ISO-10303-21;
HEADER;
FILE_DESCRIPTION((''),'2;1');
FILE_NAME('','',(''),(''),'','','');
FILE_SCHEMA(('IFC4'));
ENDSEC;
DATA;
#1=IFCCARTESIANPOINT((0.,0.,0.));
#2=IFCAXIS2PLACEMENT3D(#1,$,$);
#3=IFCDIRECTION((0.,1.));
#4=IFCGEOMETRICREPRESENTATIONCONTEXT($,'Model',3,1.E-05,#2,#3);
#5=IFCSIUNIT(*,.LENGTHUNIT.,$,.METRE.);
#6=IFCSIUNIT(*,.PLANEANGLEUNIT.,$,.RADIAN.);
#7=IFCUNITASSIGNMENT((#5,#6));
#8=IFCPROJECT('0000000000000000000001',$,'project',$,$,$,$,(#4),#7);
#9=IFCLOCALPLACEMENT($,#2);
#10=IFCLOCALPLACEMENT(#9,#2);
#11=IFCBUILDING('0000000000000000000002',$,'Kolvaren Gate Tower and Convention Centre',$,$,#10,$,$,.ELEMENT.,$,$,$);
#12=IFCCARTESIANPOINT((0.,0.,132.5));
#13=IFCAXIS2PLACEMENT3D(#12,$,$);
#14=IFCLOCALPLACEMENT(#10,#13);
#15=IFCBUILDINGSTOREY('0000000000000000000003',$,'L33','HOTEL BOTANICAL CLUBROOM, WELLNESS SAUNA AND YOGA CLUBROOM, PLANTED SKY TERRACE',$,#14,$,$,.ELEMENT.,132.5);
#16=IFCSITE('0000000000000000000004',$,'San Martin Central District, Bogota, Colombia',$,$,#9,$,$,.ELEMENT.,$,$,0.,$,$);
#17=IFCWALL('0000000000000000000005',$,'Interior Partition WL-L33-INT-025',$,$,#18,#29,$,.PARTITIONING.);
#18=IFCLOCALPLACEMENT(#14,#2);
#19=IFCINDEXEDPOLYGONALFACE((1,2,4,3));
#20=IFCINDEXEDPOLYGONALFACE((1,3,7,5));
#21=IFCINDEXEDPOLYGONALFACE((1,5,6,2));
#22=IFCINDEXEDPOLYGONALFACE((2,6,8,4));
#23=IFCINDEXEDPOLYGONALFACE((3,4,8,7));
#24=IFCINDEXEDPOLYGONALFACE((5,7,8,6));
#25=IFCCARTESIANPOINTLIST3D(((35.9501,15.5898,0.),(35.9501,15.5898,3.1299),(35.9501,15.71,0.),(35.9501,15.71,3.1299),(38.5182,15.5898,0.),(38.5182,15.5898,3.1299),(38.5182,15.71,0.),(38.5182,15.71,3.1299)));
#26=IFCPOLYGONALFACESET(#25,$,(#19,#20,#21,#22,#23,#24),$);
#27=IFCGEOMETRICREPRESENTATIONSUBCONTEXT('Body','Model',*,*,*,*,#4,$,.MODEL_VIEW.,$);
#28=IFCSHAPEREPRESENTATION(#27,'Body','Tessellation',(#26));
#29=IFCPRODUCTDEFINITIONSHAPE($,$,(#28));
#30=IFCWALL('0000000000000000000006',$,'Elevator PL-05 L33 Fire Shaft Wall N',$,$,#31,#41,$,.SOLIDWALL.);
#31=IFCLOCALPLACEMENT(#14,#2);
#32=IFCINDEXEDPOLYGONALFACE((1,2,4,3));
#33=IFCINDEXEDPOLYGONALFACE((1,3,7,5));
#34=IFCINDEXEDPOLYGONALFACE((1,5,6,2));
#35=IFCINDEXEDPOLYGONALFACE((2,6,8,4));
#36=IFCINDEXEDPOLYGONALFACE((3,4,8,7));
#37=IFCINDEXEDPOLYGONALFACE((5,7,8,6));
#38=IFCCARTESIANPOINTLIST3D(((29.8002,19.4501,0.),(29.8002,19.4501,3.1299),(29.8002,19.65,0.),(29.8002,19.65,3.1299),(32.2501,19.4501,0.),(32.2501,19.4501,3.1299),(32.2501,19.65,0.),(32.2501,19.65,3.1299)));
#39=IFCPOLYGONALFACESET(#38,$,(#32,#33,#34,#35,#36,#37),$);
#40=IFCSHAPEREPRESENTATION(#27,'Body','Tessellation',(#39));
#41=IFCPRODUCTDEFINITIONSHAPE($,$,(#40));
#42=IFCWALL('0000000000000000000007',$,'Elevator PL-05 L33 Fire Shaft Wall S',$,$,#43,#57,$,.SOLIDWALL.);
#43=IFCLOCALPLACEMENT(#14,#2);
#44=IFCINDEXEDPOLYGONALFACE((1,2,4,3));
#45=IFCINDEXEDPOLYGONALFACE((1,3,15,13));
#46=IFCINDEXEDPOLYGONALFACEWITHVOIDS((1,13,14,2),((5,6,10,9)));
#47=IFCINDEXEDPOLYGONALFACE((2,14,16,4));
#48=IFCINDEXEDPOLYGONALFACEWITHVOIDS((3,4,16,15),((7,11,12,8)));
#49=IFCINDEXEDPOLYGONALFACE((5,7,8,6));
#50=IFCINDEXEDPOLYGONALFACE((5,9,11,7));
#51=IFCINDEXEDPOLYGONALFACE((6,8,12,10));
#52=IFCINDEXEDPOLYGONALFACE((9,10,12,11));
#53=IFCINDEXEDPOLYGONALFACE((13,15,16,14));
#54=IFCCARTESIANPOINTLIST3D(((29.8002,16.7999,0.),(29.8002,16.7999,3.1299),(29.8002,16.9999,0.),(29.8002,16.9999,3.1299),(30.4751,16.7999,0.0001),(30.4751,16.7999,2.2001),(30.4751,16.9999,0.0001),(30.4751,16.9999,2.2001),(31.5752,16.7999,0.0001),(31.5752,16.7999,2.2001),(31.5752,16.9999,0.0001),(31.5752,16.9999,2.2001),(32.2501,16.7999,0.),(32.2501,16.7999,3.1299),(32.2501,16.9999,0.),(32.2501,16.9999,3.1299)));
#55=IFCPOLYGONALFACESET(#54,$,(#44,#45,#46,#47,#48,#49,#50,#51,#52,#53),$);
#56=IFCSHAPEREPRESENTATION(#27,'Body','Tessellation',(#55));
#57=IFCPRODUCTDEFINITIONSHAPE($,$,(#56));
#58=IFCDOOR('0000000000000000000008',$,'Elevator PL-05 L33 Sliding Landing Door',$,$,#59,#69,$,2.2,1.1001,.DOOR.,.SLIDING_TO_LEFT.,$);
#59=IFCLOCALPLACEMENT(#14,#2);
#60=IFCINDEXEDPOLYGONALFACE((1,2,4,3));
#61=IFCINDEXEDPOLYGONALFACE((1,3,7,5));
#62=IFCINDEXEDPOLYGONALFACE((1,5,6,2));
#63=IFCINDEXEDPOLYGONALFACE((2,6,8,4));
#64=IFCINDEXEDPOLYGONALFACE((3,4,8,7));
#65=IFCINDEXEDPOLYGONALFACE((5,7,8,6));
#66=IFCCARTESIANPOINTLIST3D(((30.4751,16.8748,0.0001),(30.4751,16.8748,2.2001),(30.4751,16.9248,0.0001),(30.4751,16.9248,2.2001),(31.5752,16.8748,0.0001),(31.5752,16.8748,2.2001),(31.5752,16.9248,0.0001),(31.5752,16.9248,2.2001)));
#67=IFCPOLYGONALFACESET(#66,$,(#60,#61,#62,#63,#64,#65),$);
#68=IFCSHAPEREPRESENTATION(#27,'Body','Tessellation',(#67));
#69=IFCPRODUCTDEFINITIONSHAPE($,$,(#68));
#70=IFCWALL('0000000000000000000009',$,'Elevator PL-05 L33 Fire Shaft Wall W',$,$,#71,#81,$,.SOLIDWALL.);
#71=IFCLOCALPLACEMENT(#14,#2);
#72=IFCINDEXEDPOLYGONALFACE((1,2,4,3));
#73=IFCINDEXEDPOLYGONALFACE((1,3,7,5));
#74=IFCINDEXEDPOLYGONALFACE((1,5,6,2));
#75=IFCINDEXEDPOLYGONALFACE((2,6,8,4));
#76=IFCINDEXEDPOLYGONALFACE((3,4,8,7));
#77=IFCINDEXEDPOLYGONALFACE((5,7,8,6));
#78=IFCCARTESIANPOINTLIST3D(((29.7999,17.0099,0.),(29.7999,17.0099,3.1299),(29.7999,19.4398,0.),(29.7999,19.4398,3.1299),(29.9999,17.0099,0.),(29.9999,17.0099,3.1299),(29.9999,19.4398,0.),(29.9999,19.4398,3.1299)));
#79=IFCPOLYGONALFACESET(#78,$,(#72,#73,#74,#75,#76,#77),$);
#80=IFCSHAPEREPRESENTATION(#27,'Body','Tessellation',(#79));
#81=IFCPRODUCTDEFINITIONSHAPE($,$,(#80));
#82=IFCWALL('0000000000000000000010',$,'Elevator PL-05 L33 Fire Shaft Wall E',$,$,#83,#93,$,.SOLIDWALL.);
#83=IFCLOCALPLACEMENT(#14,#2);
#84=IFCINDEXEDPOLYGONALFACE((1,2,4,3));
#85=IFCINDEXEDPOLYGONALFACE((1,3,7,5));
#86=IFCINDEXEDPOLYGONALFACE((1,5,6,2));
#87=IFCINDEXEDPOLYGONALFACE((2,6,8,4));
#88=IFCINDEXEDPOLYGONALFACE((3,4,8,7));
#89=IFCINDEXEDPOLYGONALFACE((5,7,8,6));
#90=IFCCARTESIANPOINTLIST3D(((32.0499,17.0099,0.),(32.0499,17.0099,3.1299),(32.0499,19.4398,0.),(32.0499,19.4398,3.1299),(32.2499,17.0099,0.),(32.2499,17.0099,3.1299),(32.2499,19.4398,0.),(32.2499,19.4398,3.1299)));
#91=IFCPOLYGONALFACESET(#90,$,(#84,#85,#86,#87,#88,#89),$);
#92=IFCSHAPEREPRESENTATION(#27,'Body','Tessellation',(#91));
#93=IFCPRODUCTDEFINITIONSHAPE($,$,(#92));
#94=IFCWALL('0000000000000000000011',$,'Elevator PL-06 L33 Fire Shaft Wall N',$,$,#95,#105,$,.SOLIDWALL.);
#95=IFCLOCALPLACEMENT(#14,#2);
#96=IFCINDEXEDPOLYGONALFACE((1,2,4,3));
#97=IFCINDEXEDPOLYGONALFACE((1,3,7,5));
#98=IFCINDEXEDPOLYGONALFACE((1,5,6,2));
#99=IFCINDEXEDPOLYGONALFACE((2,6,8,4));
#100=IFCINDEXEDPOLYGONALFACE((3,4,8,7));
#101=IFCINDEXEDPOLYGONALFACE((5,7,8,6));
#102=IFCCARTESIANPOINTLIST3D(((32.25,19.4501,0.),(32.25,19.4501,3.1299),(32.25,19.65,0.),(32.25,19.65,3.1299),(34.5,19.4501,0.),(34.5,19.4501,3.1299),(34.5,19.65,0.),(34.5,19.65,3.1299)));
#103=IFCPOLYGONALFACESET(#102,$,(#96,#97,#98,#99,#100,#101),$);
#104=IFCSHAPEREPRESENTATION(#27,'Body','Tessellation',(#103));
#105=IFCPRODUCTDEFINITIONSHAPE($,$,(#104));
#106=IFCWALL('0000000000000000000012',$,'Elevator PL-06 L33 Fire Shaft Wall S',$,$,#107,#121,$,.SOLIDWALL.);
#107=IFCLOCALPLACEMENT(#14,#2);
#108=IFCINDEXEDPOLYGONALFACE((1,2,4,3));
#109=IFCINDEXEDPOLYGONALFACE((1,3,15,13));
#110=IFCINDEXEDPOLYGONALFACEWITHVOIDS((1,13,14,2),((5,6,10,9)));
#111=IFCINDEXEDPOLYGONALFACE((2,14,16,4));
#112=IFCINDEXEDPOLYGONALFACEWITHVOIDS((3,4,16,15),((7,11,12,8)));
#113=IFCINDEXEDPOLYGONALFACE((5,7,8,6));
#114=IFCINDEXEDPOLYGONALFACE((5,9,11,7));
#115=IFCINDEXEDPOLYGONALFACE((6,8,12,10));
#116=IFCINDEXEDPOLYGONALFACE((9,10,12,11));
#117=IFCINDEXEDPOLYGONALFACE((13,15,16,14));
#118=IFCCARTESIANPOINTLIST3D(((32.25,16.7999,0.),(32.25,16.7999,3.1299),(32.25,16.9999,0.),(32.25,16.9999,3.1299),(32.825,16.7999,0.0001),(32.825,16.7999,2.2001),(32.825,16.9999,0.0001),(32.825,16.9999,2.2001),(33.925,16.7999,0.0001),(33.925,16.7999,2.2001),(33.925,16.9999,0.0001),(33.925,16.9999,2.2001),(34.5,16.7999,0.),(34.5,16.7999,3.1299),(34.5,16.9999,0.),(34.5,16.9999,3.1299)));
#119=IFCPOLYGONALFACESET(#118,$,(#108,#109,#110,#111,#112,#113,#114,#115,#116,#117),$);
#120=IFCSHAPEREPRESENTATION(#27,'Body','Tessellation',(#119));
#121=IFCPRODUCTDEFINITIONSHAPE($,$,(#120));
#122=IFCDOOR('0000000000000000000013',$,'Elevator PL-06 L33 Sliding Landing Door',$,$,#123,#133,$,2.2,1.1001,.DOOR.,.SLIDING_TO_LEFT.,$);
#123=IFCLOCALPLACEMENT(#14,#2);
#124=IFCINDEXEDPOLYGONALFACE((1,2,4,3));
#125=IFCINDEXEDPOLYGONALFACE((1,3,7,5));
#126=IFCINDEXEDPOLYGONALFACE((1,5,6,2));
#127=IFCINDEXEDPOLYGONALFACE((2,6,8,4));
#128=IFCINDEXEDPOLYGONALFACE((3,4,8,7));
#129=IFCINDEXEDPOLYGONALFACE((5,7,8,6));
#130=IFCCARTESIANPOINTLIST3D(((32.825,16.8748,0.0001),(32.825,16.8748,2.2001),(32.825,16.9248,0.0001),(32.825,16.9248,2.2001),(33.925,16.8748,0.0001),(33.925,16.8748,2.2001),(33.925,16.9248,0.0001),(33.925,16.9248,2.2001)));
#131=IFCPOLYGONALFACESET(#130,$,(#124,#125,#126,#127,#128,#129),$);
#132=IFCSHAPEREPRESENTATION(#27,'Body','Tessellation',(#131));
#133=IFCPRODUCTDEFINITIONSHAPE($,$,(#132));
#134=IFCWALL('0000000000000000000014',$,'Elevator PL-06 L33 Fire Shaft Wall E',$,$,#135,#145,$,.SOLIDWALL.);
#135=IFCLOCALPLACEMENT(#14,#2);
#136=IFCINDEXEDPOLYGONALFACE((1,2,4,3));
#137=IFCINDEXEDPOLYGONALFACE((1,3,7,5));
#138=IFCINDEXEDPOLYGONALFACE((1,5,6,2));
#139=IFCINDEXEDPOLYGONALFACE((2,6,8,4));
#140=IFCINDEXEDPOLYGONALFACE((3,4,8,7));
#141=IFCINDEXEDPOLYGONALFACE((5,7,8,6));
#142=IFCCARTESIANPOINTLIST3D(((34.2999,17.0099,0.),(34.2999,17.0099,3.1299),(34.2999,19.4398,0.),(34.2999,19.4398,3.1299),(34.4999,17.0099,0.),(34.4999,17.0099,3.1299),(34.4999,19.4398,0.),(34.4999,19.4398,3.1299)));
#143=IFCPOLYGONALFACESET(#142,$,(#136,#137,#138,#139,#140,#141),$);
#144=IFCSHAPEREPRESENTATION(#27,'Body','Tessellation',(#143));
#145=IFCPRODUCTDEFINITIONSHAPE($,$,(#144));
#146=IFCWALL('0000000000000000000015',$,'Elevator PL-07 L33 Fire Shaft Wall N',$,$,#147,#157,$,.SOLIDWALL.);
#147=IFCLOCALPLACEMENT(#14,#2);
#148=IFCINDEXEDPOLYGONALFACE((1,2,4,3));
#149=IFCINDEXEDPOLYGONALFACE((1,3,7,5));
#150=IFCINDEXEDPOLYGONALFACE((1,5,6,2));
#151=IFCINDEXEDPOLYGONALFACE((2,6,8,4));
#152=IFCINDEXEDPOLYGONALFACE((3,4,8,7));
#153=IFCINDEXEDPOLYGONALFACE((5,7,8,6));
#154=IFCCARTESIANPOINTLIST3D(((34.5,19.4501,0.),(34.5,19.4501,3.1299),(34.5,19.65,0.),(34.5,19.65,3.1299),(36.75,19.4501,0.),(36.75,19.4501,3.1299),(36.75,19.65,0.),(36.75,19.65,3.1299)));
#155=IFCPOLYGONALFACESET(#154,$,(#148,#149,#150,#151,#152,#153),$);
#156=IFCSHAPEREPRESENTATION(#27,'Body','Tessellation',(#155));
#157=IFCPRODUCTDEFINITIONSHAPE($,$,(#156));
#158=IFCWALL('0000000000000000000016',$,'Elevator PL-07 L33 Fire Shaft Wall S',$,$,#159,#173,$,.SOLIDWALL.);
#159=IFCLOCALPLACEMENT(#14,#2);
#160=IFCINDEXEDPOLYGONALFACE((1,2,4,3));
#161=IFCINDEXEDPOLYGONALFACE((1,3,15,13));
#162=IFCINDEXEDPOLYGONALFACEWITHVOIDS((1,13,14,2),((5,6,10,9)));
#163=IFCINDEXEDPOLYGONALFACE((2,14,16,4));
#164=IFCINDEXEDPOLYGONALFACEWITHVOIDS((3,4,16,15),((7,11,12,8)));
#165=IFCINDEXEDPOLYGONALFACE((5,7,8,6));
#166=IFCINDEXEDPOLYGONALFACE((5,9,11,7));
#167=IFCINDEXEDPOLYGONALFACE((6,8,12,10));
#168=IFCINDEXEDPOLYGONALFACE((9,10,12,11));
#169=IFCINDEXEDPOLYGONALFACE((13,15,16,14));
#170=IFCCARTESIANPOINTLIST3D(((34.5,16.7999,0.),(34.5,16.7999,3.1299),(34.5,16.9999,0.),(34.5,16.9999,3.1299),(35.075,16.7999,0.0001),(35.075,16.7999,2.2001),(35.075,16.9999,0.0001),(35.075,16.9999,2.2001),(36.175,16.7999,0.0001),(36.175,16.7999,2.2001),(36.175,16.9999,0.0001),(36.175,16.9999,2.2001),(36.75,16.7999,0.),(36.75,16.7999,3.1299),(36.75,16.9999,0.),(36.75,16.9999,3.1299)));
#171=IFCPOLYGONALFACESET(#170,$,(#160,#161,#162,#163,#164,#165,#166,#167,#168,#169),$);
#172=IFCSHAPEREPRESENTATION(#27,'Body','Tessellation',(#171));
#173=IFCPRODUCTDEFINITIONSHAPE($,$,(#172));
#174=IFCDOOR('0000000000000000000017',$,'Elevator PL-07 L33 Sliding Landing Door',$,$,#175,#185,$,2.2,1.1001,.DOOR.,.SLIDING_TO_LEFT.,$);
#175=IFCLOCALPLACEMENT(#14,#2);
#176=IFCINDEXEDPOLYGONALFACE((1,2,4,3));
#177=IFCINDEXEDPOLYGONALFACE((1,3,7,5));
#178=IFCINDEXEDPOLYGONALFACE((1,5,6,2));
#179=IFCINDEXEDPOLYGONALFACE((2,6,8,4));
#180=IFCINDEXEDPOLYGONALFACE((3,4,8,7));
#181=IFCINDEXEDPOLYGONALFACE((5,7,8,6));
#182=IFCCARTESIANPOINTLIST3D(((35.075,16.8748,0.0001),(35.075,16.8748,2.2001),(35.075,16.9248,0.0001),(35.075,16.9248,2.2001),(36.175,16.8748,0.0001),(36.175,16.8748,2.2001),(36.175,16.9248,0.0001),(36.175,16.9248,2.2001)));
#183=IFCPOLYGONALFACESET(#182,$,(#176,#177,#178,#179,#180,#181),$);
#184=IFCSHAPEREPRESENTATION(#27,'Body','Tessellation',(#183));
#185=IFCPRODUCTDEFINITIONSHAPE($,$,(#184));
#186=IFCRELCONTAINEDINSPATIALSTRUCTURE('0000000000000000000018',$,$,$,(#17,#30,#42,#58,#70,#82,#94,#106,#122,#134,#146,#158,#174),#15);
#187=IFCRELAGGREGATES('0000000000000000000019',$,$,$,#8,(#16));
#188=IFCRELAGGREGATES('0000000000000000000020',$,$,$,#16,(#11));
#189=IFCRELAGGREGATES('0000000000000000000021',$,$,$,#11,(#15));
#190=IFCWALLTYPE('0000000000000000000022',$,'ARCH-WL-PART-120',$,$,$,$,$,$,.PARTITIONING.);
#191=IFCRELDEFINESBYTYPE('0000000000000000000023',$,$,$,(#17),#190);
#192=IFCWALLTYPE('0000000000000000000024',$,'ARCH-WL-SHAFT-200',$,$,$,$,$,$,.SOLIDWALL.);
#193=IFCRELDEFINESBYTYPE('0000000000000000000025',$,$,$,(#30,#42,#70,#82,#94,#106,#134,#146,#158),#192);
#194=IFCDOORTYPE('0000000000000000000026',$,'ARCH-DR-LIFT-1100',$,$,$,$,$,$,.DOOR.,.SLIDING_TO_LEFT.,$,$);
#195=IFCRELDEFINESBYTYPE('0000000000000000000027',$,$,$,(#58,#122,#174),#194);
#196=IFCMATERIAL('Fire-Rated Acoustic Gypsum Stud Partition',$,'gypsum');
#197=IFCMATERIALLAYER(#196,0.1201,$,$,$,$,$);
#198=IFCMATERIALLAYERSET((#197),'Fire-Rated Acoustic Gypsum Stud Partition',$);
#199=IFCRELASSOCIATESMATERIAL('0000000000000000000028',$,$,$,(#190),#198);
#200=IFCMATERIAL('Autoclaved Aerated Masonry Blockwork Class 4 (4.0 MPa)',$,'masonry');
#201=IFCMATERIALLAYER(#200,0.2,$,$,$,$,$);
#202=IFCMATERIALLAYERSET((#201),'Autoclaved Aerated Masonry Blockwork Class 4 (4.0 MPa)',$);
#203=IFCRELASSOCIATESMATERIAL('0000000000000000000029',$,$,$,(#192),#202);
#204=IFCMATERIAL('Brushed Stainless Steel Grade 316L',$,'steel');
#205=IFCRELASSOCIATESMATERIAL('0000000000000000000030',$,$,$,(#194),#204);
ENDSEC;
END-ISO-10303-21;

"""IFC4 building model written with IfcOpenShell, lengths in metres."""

from ifc_helpers import new_model, si_unit, direction, frame, frame_2d, origin, place, context, subcontext, project, spatial, rectangle, extrude, material, layer, layer_set, type_object, element, fill, save


model = new_model("IFC4")

# Units and contexts
model_context = context("Model", 3, precision=1e-05, world=origin(), true_north=direction((0.0, 1.0)))
body_context = subcontext(model_context, "Body", "Model", "MODEL_VIEW")
ifc_project = project(units=[si_unit("LENGTHUNIT", "METRE"), si_unit("PLANEANGLEUNIT", "RADIAN")], contexts=[model_context])

# Site, building, storey
site_placement = place(None, origin())
site = spatial("IfcSite", under=ifc_project, at=site_placement, Name="San Martin Central District, Bogota, Colombia", CompositionType="ELEMENT", RefElevation=0.0)
building_placement = place(site_placement, origin())
building = spatial("IfcBuilding", under=site, at=building_placement, Name="Kolvaren Gate Tower and Convention Centre", CompositionType="ELEMENT")
storey_placement = place(building_placement, frame((0.0, 0.0, 132.5)))
storey = spatial("IfcBuildingStorey", under=building, at=storey_placement, Name="L33", Description="HOTEL BOTANICAL CLUBROOM, WELLNESS SAUNA AND YOGA CLUBROOM, PLANTED SKY TERRACE", CompositionType="ELEMENT", Elevation=132.5)

# Walls
ifc_material_1 = material(Name="Fire-Rated Acoustic Gypsum Stud Partition", Category="gypsum")
ifc_layer_1 = layer(ifc_material_1, 0.1201)
ifc_layer_set_1 = layer_set([ifc_layer_1], Name="Fire-Rated Acoustic Gypsum Stud Partition")
wall_type_1 = type_object("IfcWallType", Name="ARCH-WL-PART-120", PredefinedType="PARTITIONING", material=ifc_layer_set_1)
wall_1_placement = place(storey_placement, frame((35.95, 15.6499, 0.0), z_axis=(0.0, 0.0, 1.0), x_axis=(1.0, 0.0, 0.0)))
element("IfcWall", 1, at=wall_1_placement, inside=storey, type_object=wall_type_1, Name="Interior Partition WL-L33-INT-025", PredefinedType="PARTITIONING", context=body_context, shape_type="SweptSolid", body=[
    extrude(rectangle(XDim=2.5681, YDim=0.1201, at=frame_2d((1.2842, 0.0))), origin(), (0.0, 0.0, 1.0), 3.1299),
])
ifc_material_2 = material(Name="Autoclaved Aerated Masonry Blockwork Class 4 (4.0 MPa)", Category="masonry")
ifc_layer_2 = layer(ifc_material_2, 0.2)
ifc_layer_set_2 = layer_set([ifc_layer_2], Name="Autoclaved Aerated Masonry Blockwork Class 4 (4.0 MPa)")
wall_type_2 = type_object("IfcWallType", Name="ARCH-WL-SHAFT-200", PredefinedType="SOLIDWALL", material=ifc_layer_set_2)
wall_2_placement = place(storey_placement, frame((29.8, 19.55, 0.0), z_axis=(0.0, 0.0, 1.0), x_axis=(1.0, 0.0, 0.0)))
element("IfcWall", 2, at=wall_2_placement, inside=storey, type_object=wall_type_2, Name="Elevator PL-05 L33 Fire Shaft Wall N", PredefinedType="SOLIDWALL", context=body_context, shape_type="SweptSolid", body=[
    extrude(rectangle(XDim=2.45, YDim=0.2, at=frame_2d((1.2251, 0.0))), origin(), (0.0, 0.0, 1.0), 3.1299),
])

# Wall, opening, door
wall_3_placement = place(storey_placement, frame((29.8, 16.8999, 0.0), z_axis=(0.0, 0.0, 1.0), x_axis=(1.0, 0.0, 0.0)))
wall_3 = element("IfcWall", 3, at=wall_3_placement, inside=storey, type_object=wall_type_2, Name="Elevator PL-05 L33 Fire Shaft Wall S", PredefinedType="SOLIDWALL", context=body_context, shape_type="SweptSolid", body=[
    extrude(rectangle(XDim=2.45, YDim=0.2, at=frame_2d((1.2251, 0.0))), origin(), (0.0, 0.0, 1.0), 3.1299),
])
opening_1_placement = place(wall_3_placement, frame((0.675, 0.0, 0.0)))
opening_1 = element("IfcOpeningElement", 4, at=opening_1_placement, cuts=wall_3, PredefinedType="OPENING", context=body_context, shape_type="SweptSolid", body=[
    extrude(rectangle(XDim=1.1001, YDim=2.2, at=frame_2d((0.55, 1.1001))), frame((0.0, 0.1099, 0.0), z_axis=(0.0, -1.0, 0.0), x_axis=(1.0, 0.0, 0.0)), (0.0, 0.0, 1.0), 0.22),
])
ifc_material_3 = material(Name="Brushed Stainless Steel Grade 316L", Category="steel")
door_type = type_object("IfcDoorType", Name="ARCH-DR-LIFT-1100", OperationType="SLIDING_TO_LEFT", PredefinedType="DOOR", material=ifc_material_3)
door_1_placement = place(opening_1_placement, origin())
door_1 = element("IfcDoor", 5, at=door_1_placement, inside=storey, type_object=door_type, Name="Elevator PL-05 L33 Sliding Landing Door", OperationType="SLIDING_TO_LEFT", OverallHeight=2.2, OverallWidth=1.1001, PredefinedType="DOOR", context=body_context, shape_type="SweptSolid", body=[
    extrude(rectangle(XDim=1.1001, YDim=2.2, at=frame_2d((0.55, 1.1001))), frame((0.0, 0.0249, 0.0), z_axis=(0.0, -1.0, 0.0), x_axis=(1.0, 0.0, 0.0)), (0.0, 0.0, 1.0), 0.05),
])
fill(opening_1, door_1)

# Walls
for number, where, z_axis, x_axis, name in (
    (6, (29.8999, 17.01, 0.0), (0.0, 0.0, 1.0), (0.0, 1.0, 0.0), "Elevator PL-05 L33 Fire Shaft Wall W"),
    (7, (32.1499, 17.01, 0.0), (0.0, 0.0, 1.0), (0.0, 1.0, 0.0), "Elevator PL-05 L33 Fire Shaft Wall E"),
):
    element("IfcWall", number, at=place(storey_placement, frame(where, z_axis=z_axis, x_axis=x_axis)), inside=storey, type_object=wall_type_2, Name=name, PredefinedType="SOLIDWALL", context=body_context, shape_type="SweptSolid", body=[
        extrude(rectangle(XDim=2.4299, YDim=0.2, at=frame_2d((1.2148, 0.0))), origin(), (0.0, 0.0, 1.0), 3.1299),
    ])
wall_4_placement = place(storey_placement, frame((32.25, 19.55, 0.0), z_axis=(0.0, 0.0, 1.0), x_axis=(1.0, 0.0, 0.0)))
element("IfcWall", 8, at=wall_4_placement, inside=storey, type_object=wall_type_2, Name="Elevator PL-06 L33 Fire Shaft Wall N", PredefinedType="SOLIDWALL", context=body_context, shape_type="SweptSolid", body=[
    extrude(rectangle(XDim=2.25, YDim=0.2, at=frame_2d((1.125, 0.0))), origin(), (0.0, 0.0, 1.0), 3.1299),
])

# Wall, opening, door
wall_5_placement = place(storey_placement, frame((32.25, 16.8999, 0.0), z_axis=(0.0, 0.0, 1.0), x_axis=(1.0, 0.0, 0.0)))
wall_5 = element("IfcWall", 9, at=wall_5_placement, inside=storey, type_object=wall_type_2, Name="Elevator PL-06 L33 Fire Shaft Wall S", PredefinedType="SOLIDWALL", context=body_context, shape_type="SweptSolid", body=[
    extrude(rectangle(XDim=2.25, YDim=0.2, at=frame_2d((1.125, 0.0))), origin(), (0.0, 0.0, 1.0), 3.1299),
])
opening_2_placement = place(wall_5_placement, frame((0.575, 0.0, 0.0)))
opening_2 = element("IfcOpeningElement", 10, at=opening_2_placement, cuts=wall_5, PredefinedType="OPENING", context=body_context, shape_type="SweptSolid", body=[
    extrude(rectangle(XDim=1.1001, YDim=2.2, at=frame_2d((0.55, 1.1001))), frame((0.0, 0.1099, 0.0), z_axis=(0.0, -1.0, 0.0), x_axis=(1.0, 0.0, 0.0)), (0.0, 0.0, 1.0), 0.22),
])
door_2_placement = place(opening_2_placement, origin())
door_2 = element("IfcDoor", 11, at=door_2_placement, inside=storey, type_object=door_type, Name="Elevator PL-06 L33 Sliding Landing Door", OperationType="SLIDING_TO_LEFT", OverallHeight=2.2, OverallWidth=1.1001, PredefinedType="DOOR", context=body_context, shape_type="SweptSolid", body=[
    extrude(rectangle(XDim=1.1001, YDim=2.2, at=frame_2d((0.55, 1.1001))), frame((0.0, 0.0249, 0.0), z_axis=(0.0, -1.0, 0.0), x_axis=(1.0, 0.0, 0.0)), (0.0, 0.0, 1.0), 0.05),
])
fill(opening_2, door_2)

# Walls
wall_6_placement = place(storey_placement, frame((34.3999, 17.01, 0.0), z_axis=(0.0, 0.0, 1.0), x_axis=(0.0, 1.0, 0.0)))
element("IfcWall", 12, at=wall_6_placement, inside=storey, type_object=wall_type_2, Name="Elevator PL-06 L33 Fire Shaft Wall E", PredefinedType="SOLIDWALL", context=body_context, shape_type="SweptSolid", body=[
    extrude(rectangle(XDim=2.4299, YDim=0.2, at=frame_2d((1.2148, 0.0))), origin(), (0.0, 0.0, 1.0), 3.1299),
])
wall_7_placement = place(storey_placement, frame((34.5, 19.55, 0.0), z_axis=(0.0, 0.0, 1.0), x_axis=(1.0, 0.0, 0.0)))
element("IfcWall", 13, at=wall_7_placement, inside=storey, type_object=wall_type_2, Name="Elevator PL-07 L33 Fire Shaft Wall N", PredefinedType="SOLIDWALL", context=body_context, shape_type="SweptSolid", body=[
    extrude(rectangle(XDim=2.25, YDim=0.2, at=frame_2d((1.125, 0.0))), origin(), (0.0, 0.0, 1.0), 3.1299),
])

# Wall, opening, door
wall_8_placement = place(storey_placement, frame((34.5, 16.8999, 0.0), z_axis=(0.0, 0.0, 1.0), x_axis=(1.0, 0.0, 0.0)))
wall_8 = element("IfcWall", 14, at=wall_8_placement, inside=storey, type_object=wall_type_2, Name="Elevator PL-07 L33 Fire Shaft Wall S", PredefinedType="SOLIDWALL", context=body_context, shape_type="SweptSolid", body=[
    extrude(rectangle(XDim=2.25, YDim=0.2, at=frame_2d((1.125, 0.0))), origin(), (0.0, 0.0, 1.0), 3.1299),
])
opening_3_placement = place(wall_8_placement, frame((0.575, 0.0, 0.0)))
opening_3 = element("IfcOpeningElement", 15, at=opening_3_placement, cuts=wall_8, PredefinedType="OPENING", context=body_context, shape_type="SweptSolid", body=[
    extrude(rectangle(XDim=1.1001, YDim=2.2, at=frame_2d((0.55, 1.1001))), frame((0.0, 0.1099, 0.0), z_axis=(0.0, -1.0, 0.0), x_axis=(1.0, 0.0, 0.0)), (0.0, 0.0, 1.0), 0.22),
])
door_3_placement = place(opening_3_placement, origin())
door_3 = element("IfcDoor", 16, at=door_3_placement, inside=storey, type_object=door_type, Name="Elevator PL-07 L33 Sliding Landing Door", OperationType="SLIDING_TO_LEFT", OverallHeight=2.2, OverallWidth=1.1001, PredefinedType="DOOR", context=body_context, shape_type="SweptSolid", body=[
    extrude(rectangle(XDim=1.1001, YDim=2.2, at=frame_2d((0.55, 1.1001))), frame((0.0, 0.0249, 0.0), z_axis=(0.0, -1.0, 0.0), x_axis=(1.0, 0.0, 0.0)), (0.0, 0.0, 1.0), 0.05),
])
fill(opening_3, door_3)

save(model, "model.ifc")
